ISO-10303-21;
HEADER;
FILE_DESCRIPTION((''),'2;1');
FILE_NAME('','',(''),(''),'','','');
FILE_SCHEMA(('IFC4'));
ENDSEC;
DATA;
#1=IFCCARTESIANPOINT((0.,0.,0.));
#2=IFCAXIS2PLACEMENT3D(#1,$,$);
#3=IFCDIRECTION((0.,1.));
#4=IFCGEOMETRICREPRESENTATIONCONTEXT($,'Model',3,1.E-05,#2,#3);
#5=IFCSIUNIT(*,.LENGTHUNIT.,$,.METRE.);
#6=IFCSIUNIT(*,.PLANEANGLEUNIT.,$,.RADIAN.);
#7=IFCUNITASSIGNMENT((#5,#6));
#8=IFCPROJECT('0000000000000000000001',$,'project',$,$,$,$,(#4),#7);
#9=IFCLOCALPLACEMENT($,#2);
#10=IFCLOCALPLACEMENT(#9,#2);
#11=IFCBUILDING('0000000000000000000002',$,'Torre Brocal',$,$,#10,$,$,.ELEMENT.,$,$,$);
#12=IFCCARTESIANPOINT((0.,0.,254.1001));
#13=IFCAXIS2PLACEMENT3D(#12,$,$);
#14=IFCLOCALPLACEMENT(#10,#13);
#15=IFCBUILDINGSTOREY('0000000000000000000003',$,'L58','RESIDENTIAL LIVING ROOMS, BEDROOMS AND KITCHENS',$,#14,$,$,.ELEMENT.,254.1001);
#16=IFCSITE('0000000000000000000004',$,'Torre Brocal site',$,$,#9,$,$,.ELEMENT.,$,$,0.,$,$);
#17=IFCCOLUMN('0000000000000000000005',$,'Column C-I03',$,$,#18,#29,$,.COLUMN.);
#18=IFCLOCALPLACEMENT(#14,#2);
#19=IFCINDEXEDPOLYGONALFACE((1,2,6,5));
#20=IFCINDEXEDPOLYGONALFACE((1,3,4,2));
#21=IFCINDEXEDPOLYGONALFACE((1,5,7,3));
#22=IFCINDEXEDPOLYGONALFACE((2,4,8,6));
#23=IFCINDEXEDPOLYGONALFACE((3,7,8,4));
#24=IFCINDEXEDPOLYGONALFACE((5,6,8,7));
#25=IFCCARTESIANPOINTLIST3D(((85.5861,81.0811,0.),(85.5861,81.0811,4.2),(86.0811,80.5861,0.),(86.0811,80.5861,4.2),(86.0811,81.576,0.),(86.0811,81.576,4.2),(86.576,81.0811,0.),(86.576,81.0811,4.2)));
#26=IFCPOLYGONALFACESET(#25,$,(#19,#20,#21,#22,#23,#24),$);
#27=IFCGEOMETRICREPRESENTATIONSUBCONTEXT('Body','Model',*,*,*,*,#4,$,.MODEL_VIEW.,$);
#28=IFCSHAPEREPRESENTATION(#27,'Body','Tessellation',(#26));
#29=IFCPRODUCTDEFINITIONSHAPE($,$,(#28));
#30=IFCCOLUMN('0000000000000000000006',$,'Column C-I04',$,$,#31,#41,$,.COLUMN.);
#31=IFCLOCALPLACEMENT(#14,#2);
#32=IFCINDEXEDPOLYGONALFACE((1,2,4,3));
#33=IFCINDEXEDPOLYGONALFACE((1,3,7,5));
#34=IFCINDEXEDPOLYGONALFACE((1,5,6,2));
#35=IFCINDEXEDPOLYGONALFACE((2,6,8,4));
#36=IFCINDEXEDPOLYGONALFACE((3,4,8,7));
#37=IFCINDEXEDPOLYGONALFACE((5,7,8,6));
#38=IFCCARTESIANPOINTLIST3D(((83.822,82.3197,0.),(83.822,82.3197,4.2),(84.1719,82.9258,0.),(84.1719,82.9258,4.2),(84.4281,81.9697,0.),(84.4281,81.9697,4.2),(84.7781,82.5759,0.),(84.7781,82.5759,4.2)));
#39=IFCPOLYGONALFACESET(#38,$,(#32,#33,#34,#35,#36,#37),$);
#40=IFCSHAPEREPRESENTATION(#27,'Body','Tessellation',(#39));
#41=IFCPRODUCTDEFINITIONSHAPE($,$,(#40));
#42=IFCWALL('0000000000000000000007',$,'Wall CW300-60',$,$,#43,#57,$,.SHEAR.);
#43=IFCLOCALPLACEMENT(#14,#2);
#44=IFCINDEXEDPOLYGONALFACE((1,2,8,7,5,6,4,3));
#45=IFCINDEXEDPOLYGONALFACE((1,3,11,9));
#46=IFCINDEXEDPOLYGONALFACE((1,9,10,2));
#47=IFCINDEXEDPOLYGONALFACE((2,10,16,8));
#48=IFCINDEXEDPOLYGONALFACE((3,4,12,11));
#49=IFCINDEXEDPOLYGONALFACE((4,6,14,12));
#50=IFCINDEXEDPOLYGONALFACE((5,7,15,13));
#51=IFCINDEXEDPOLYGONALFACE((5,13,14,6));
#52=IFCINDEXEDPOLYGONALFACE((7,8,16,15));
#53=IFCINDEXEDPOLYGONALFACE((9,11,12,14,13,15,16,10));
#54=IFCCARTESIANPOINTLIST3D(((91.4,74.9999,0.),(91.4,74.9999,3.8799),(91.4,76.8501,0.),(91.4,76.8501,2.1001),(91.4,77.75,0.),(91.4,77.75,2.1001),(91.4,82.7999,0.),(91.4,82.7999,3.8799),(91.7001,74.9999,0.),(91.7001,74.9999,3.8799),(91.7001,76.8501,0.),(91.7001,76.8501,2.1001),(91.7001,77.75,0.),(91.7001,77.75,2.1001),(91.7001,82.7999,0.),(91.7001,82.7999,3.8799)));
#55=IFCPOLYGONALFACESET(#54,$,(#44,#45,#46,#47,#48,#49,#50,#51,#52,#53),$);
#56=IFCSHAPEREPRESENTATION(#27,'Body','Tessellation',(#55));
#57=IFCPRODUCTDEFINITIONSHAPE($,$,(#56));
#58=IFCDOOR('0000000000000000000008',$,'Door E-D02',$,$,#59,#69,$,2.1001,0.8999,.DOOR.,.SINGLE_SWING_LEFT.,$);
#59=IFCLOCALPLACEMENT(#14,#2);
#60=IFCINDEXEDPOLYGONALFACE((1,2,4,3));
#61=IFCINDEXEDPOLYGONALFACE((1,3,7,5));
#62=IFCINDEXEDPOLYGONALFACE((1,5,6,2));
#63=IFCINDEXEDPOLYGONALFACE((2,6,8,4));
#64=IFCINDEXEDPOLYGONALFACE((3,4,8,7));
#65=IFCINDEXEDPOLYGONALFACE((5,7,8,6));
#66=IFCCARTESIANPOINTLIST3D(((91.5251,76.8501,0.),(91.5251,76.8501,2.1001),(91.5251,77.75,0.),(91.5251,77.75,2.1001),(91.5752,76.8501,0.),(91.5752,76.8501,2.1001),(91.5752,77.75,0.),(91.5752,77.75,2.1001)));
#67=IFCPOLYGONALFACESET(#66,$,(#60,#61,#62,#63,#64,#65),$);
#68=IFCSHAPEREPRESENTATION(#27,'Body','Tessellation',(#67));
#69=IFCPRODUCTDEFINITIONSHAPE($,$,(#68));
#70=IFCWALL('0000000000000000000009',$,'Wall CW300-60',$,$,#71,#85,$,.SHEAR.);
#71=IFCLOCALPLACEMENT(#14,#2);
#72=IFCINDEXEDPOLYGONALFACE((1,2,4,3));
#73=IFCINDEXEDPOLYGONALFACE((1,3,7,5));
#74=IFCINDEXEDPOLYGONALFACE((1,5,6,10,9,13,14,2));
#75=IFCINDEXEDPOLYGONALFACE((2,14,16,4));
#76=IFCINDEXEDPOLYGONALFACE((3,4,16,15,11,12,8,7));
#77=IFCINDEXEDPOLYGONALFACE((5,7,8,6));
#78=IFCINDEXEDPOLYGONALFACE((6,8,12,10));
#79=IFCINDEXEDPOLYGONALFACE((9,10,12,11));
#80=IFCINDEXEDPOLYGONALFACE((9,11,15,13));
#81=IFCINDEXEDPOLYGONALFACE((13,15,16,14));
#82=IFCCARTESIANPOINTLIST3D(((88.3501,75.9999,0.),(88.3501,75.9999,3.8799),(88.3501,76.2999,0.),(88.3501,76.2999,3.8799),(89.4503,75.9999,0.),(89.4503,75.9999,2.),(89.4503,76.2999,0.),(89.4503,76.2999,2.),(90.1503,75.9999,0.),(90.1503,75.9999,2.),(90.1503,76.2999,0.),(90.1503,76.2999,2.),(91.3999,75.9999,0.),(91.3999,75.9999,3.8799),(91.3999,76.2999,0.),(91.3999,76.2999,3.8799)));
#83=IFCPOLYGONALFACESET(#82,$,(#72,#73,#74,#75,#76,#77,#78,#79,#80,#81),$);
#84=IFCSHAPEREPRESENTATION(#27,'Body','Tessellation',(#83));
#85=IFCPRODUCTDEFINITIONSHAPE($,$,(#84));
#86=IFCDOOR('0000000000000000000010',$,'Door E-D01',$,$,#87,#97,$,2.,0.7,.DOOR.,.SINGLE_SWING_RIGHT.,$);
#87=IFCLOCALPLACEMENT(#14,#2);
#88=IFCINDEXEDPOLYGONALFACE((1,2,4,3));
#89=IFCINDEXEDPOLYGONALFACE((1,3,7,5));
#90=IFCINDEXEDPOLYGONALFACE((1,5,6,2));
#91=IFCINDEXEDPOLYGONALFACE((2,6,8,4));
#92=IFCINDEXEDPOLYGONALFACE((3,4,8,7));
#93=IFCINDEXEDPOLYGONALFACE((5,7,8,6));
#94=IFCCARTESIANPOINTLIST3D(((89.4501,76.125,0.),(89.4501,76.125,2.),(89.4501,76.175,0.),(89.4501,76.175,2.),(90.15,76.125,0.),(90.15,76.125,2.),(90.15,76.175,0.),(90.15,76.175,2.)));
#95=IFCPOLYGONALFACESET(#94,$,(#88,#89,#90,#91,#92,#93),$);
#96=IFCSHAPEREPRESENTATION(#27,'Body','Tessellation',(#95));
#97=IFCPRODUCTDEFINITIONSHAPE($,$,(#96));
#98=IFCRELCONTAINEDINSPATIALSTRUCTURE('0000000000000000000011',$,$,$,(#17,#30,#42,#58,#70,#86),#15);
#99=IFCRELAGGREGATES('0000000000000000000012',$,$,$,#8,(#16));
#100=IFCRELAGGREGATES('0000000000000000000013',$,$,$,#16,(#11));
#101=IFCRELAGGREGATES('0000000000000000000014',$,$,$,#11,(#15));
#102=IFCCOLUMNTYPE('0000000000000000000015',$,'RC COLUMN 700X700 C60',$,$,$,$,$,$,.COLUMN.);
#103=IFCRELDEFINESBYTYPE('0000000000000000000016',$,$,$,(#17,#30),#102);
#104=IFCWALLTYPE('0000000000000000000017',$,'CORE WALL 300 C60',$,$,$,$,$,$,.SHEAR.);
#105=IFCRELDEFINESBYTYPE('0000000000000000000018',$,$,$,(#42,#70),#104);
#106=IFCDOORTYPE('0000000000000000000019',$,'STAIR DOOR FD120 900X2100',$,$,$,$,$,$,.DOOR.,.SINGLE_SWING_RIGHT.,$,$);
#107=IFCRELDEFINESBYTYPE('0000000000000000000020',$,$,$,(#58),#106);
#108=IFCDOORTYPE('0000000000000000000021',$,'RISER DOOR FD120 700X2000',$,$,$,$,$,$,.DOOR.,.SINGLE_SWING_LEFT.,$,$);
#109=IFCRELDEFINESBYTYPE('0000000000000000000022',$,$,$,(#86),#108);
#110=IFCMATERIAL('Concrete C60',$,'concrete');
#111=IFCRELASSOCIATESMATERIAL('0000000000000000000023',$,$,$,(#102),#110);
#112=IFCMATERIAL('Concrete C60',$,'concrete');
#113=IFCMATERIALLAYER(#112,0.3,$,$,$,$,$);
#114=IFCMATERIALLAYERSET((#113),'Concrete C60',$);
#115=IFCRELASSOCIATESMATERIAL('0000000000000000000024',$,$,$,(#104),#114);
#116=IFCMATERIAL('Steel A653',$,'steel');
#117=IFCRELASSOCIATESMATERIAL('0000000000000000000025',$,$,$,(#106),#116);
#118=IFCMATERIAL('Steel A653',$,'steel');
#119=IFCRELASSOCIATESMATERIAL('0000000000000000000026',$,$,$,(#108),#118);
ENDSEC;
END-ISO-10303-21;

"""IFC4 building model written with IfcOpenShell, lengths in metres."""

from ifc_helpers import new_model, si_unit, direction, frame, frame_2d, origin, origin_2d, place, context, subcontext, project, spatial, rectangle, extrude, material, layer, layer_set, material_profile, profile_set, type_object, element, fill, save


model = new_model("IFC4")

# Units and contexts
model_context = context("Model", 3, precision=1e-05, world=origin(), true_north=direction((0.0, 1.0)))
body_context = subcontext(model_context, "Body", "Model", "MODEL_VIEW")
ifc_project = project(units=[si_unit("LENGTHUNIT", "METRE"), si_unit("PLANEANGLEUNIT", "RADIAN")], contexts=[model_context])

# Site, building, storey
site_placement = place(None, origin())
site = spatial("IfcSite", under=ifc_project, at=site_placement, Name="Torre Brocal site", CompositionType="ELEMENT", RefElevation=0.0)
building_placement = place(site_placement, origin())
building = spatial("IfcBuilding", under=site, at=building_placement, Name="Torre Brocal", CompositionType="ELEMENT")
storey_placement = place(building_placement, frame((0.0, 0.0, 254.1001)))
storey = spatial("IfcBuildingStorey", under=building, at=storey_placement, Name="L58", Description="RESIDENTIAL LIVING ROOMS, BEDROOMS AND KITCHENS", CompositionType="ELEMENT", Elevation=254.1001)

# Columns
ifc_material_1 = material(Name="Concrete C60", Category="concrete")
ifc_material_profile = material_profile(ifc_material_1, rectangle(XDim=0.7, YDim=0.7, at=origin_2d()), Name="RC 700X700")
ifc_profile_set = profile_set([ifc_material_profile], Name="Concrete C60")
column_type = type_object("IfcColumnType", Name="RC COLUMN 700X700 C60", PredefinedType="COLUMN", material=ifc_profile_set)
for number, where, z_axis, x_axis, name in (
    (1, (86.0811, 81.0811, 0.0), (0.0, 0.0, 1.0), (0.707107, 0.707107, 0.0), "Column C-I03"),
    (2, (84.3, 82.4478, 0.0), (0.0, 0.0, 1.0), (0.5, 0.866025, 0.0), "Column C-I04"),
):
    element("IfcColumn", number, at=place(storey_placement, frame(where, z_axis=z_axis, x_axis=x_axis)), inside=storey, type_object=column_type, Name=name, PredefinedType="COLUMN", context=body_context, shape_type="SweptSolid", body=[
        extrude(rectangle(XDim=0.7, YDim=0.7, at=origin_2d()), origin(), (0.0, 0.0, 1.0), 4.2),
    ])

# Walls, openings, doors
ifc_material_2 = material(Name="Concrete C60", Category="concrete")
ifc_layer_1 = layer(ifc_material_2, 0.3)
ifc_layer_set_1 = layer_set([ifc_layer_1], Name="Concrete C60")
wall_type_1 = type_object("IfcWallType", Name="CORE WALL 300 C60", PredefinedType="SHEAR", material=ifc_layer_set_1)
wall_1_placement = place(storey_placement, frame((91.55, 75.0, 0.0), z_axis=(0.0, 0.0, 1.0), x_axis=(0.0, 1.0, 0.0)))
wall_1 = element("IfcWall", 3, at=wall_1_placement, inside=storey, type_object=wall_type_1, Name="Wall CW300-60", PredefinedType="SHEAR", context=body_context, shape_type="SweptSolid", body=[
    extrude(rectangle(XDim=7.8, YDim=0.3, at=frame_2d((3.8999, 0.0))), origin(), (0.0, 0.0, 1.0), 3.8799),
])
opening_1_placement = place(wall_1_placement, frame((1.8501, 0.0, 0.0)))
opening_1 = element("IfcOpeningElement", 4, at=opening_1_placement, cuts=wall_1, PredefinedType="OPENING", context=body_context, shape_type="SweptSolid", body=[
    extrude(rectangle(XDim=0.8999, YDim=2.1001, at=frame_2d((0.45, 1.05))), frame((0.0, 0.1599, 0.0), z_axis=(0.0, -1.0, 0.0), x_axis=(1.0, 0.0, 0.0)), (0.0, 0.0, 1.0), 0.3201),
])
ifc_material_3 = material(Name="Steel A653", Category="steel")
door_type_1 = type_object("IfcDoorType", Name="STAIR DOOR FD120 900X2100", OperationType="SINGLE_SWING_RIGHT", PredefinedType="DOOR", material=ifc_material_3)
door_1_placement = place(opening_1_placement, origin())
door_1 = element("IfcDoor", 5, at=door_1_placement, inside=storey, type_object=door_type_1, Name="Door E-D02", OperationType="SINGLE_SWING_LEFT", OverallHeight=2.1001, OverallWidth=0.8999, PredefinedType="DOOR", context=body_context, shape_type="SweptSolid", body=[
    extrude(rectangle(XDim=0.8999, YDim=2.1001, at=frame_2d((0.45, 1.05))), frame((0.0, 0.0249, 0.0), z_axis=(0.0, -1.0, 0.0), x_axis=(1.0, 0.0, 0.0)), (0.0, 0.0, 1.0), 0.05),
])
fill(opening_1, door_1)
wall_2_placement = place(storey_placement, frame((88.3501, 76.1499, 0.0), z_axis=(0.0, 0.0, 1.0), x_axis=(1.0, 0.0, 0.0)))
wall_2 = element("IfcWall", 6, at=wall_2_placement, inside=storey, type_object=wall_type_1, Name="Wall CW300-60", PredefinedType="SHEAR", context=body_context, shape_type="SweptSolid", body=[
    extrude(rectangle(XDim=3.0498, YDim=0.3, at=frame_2d((1.5249, 0.0))), origin(), (0.0, 0.0, 1.0), 3.8799),
])
opening_2_placement = place(wall_2_placement, frame((1.1001, 0.0, 0.0)))
opening_2 = element("IfcOpeningElement", 7, at=opening_2_placement, cuts=wall_2, PredefinedType="OPENING", context=body_context, shape_type="SweptSolid", body=[
    extrude(rectangle(XDim=0.7, YDim=2.0, at=frame_2d((0.3501, 1.0))), frame((0.0, 0.1599, 0.0), z_axis=(0.0, -1.0, 0.0), x_axis=(1.0, 0.0, 0.0)), (0.0, 0.0, 1.0), 0.3201),
])
ifc_material_4 = material(Name="Steel A653", Category="steel")
door_type_2 = type_object("IfcDoorType", Name="RISER DOOR FD120 700X2000", OperationType="SINGLE_SWING_LEFT", PredefinedType="DOOR", material=ifc_material_4)
door_2_placement = place(opening_2_placement, frame((0.7, 0.0, 0.0), z_axis=(0.0, 0.0, 1.0), x_axis=(-1.0, 0.0, 0.0)))
door_2 = element("IfcDoor", 8, at=door_2_placement, inside=storey, type_object=door_type_2, Name="Door E-D01", OperationType="SINGLE_SWING_RIGHT", OverallHeight=2.0, OverallWidth=0.7, PredefinedType="DOOR", context=body_context, shape_type="SweptSolid", body=[
    extrude(rectangle(XDim=0.7, YDim=2.0, at=frame_2d((0.3501, 1.0))), frame((0.0, 0.0249, 0.0), z_axis=(0.0, -1.0, 0.0), x_axis=(1.0, 0.0, 0.0)), (0.0, 0.0, 1.0), 0.05),
])
fill(opening_2, door_2)

save(model, "model.ifc")
